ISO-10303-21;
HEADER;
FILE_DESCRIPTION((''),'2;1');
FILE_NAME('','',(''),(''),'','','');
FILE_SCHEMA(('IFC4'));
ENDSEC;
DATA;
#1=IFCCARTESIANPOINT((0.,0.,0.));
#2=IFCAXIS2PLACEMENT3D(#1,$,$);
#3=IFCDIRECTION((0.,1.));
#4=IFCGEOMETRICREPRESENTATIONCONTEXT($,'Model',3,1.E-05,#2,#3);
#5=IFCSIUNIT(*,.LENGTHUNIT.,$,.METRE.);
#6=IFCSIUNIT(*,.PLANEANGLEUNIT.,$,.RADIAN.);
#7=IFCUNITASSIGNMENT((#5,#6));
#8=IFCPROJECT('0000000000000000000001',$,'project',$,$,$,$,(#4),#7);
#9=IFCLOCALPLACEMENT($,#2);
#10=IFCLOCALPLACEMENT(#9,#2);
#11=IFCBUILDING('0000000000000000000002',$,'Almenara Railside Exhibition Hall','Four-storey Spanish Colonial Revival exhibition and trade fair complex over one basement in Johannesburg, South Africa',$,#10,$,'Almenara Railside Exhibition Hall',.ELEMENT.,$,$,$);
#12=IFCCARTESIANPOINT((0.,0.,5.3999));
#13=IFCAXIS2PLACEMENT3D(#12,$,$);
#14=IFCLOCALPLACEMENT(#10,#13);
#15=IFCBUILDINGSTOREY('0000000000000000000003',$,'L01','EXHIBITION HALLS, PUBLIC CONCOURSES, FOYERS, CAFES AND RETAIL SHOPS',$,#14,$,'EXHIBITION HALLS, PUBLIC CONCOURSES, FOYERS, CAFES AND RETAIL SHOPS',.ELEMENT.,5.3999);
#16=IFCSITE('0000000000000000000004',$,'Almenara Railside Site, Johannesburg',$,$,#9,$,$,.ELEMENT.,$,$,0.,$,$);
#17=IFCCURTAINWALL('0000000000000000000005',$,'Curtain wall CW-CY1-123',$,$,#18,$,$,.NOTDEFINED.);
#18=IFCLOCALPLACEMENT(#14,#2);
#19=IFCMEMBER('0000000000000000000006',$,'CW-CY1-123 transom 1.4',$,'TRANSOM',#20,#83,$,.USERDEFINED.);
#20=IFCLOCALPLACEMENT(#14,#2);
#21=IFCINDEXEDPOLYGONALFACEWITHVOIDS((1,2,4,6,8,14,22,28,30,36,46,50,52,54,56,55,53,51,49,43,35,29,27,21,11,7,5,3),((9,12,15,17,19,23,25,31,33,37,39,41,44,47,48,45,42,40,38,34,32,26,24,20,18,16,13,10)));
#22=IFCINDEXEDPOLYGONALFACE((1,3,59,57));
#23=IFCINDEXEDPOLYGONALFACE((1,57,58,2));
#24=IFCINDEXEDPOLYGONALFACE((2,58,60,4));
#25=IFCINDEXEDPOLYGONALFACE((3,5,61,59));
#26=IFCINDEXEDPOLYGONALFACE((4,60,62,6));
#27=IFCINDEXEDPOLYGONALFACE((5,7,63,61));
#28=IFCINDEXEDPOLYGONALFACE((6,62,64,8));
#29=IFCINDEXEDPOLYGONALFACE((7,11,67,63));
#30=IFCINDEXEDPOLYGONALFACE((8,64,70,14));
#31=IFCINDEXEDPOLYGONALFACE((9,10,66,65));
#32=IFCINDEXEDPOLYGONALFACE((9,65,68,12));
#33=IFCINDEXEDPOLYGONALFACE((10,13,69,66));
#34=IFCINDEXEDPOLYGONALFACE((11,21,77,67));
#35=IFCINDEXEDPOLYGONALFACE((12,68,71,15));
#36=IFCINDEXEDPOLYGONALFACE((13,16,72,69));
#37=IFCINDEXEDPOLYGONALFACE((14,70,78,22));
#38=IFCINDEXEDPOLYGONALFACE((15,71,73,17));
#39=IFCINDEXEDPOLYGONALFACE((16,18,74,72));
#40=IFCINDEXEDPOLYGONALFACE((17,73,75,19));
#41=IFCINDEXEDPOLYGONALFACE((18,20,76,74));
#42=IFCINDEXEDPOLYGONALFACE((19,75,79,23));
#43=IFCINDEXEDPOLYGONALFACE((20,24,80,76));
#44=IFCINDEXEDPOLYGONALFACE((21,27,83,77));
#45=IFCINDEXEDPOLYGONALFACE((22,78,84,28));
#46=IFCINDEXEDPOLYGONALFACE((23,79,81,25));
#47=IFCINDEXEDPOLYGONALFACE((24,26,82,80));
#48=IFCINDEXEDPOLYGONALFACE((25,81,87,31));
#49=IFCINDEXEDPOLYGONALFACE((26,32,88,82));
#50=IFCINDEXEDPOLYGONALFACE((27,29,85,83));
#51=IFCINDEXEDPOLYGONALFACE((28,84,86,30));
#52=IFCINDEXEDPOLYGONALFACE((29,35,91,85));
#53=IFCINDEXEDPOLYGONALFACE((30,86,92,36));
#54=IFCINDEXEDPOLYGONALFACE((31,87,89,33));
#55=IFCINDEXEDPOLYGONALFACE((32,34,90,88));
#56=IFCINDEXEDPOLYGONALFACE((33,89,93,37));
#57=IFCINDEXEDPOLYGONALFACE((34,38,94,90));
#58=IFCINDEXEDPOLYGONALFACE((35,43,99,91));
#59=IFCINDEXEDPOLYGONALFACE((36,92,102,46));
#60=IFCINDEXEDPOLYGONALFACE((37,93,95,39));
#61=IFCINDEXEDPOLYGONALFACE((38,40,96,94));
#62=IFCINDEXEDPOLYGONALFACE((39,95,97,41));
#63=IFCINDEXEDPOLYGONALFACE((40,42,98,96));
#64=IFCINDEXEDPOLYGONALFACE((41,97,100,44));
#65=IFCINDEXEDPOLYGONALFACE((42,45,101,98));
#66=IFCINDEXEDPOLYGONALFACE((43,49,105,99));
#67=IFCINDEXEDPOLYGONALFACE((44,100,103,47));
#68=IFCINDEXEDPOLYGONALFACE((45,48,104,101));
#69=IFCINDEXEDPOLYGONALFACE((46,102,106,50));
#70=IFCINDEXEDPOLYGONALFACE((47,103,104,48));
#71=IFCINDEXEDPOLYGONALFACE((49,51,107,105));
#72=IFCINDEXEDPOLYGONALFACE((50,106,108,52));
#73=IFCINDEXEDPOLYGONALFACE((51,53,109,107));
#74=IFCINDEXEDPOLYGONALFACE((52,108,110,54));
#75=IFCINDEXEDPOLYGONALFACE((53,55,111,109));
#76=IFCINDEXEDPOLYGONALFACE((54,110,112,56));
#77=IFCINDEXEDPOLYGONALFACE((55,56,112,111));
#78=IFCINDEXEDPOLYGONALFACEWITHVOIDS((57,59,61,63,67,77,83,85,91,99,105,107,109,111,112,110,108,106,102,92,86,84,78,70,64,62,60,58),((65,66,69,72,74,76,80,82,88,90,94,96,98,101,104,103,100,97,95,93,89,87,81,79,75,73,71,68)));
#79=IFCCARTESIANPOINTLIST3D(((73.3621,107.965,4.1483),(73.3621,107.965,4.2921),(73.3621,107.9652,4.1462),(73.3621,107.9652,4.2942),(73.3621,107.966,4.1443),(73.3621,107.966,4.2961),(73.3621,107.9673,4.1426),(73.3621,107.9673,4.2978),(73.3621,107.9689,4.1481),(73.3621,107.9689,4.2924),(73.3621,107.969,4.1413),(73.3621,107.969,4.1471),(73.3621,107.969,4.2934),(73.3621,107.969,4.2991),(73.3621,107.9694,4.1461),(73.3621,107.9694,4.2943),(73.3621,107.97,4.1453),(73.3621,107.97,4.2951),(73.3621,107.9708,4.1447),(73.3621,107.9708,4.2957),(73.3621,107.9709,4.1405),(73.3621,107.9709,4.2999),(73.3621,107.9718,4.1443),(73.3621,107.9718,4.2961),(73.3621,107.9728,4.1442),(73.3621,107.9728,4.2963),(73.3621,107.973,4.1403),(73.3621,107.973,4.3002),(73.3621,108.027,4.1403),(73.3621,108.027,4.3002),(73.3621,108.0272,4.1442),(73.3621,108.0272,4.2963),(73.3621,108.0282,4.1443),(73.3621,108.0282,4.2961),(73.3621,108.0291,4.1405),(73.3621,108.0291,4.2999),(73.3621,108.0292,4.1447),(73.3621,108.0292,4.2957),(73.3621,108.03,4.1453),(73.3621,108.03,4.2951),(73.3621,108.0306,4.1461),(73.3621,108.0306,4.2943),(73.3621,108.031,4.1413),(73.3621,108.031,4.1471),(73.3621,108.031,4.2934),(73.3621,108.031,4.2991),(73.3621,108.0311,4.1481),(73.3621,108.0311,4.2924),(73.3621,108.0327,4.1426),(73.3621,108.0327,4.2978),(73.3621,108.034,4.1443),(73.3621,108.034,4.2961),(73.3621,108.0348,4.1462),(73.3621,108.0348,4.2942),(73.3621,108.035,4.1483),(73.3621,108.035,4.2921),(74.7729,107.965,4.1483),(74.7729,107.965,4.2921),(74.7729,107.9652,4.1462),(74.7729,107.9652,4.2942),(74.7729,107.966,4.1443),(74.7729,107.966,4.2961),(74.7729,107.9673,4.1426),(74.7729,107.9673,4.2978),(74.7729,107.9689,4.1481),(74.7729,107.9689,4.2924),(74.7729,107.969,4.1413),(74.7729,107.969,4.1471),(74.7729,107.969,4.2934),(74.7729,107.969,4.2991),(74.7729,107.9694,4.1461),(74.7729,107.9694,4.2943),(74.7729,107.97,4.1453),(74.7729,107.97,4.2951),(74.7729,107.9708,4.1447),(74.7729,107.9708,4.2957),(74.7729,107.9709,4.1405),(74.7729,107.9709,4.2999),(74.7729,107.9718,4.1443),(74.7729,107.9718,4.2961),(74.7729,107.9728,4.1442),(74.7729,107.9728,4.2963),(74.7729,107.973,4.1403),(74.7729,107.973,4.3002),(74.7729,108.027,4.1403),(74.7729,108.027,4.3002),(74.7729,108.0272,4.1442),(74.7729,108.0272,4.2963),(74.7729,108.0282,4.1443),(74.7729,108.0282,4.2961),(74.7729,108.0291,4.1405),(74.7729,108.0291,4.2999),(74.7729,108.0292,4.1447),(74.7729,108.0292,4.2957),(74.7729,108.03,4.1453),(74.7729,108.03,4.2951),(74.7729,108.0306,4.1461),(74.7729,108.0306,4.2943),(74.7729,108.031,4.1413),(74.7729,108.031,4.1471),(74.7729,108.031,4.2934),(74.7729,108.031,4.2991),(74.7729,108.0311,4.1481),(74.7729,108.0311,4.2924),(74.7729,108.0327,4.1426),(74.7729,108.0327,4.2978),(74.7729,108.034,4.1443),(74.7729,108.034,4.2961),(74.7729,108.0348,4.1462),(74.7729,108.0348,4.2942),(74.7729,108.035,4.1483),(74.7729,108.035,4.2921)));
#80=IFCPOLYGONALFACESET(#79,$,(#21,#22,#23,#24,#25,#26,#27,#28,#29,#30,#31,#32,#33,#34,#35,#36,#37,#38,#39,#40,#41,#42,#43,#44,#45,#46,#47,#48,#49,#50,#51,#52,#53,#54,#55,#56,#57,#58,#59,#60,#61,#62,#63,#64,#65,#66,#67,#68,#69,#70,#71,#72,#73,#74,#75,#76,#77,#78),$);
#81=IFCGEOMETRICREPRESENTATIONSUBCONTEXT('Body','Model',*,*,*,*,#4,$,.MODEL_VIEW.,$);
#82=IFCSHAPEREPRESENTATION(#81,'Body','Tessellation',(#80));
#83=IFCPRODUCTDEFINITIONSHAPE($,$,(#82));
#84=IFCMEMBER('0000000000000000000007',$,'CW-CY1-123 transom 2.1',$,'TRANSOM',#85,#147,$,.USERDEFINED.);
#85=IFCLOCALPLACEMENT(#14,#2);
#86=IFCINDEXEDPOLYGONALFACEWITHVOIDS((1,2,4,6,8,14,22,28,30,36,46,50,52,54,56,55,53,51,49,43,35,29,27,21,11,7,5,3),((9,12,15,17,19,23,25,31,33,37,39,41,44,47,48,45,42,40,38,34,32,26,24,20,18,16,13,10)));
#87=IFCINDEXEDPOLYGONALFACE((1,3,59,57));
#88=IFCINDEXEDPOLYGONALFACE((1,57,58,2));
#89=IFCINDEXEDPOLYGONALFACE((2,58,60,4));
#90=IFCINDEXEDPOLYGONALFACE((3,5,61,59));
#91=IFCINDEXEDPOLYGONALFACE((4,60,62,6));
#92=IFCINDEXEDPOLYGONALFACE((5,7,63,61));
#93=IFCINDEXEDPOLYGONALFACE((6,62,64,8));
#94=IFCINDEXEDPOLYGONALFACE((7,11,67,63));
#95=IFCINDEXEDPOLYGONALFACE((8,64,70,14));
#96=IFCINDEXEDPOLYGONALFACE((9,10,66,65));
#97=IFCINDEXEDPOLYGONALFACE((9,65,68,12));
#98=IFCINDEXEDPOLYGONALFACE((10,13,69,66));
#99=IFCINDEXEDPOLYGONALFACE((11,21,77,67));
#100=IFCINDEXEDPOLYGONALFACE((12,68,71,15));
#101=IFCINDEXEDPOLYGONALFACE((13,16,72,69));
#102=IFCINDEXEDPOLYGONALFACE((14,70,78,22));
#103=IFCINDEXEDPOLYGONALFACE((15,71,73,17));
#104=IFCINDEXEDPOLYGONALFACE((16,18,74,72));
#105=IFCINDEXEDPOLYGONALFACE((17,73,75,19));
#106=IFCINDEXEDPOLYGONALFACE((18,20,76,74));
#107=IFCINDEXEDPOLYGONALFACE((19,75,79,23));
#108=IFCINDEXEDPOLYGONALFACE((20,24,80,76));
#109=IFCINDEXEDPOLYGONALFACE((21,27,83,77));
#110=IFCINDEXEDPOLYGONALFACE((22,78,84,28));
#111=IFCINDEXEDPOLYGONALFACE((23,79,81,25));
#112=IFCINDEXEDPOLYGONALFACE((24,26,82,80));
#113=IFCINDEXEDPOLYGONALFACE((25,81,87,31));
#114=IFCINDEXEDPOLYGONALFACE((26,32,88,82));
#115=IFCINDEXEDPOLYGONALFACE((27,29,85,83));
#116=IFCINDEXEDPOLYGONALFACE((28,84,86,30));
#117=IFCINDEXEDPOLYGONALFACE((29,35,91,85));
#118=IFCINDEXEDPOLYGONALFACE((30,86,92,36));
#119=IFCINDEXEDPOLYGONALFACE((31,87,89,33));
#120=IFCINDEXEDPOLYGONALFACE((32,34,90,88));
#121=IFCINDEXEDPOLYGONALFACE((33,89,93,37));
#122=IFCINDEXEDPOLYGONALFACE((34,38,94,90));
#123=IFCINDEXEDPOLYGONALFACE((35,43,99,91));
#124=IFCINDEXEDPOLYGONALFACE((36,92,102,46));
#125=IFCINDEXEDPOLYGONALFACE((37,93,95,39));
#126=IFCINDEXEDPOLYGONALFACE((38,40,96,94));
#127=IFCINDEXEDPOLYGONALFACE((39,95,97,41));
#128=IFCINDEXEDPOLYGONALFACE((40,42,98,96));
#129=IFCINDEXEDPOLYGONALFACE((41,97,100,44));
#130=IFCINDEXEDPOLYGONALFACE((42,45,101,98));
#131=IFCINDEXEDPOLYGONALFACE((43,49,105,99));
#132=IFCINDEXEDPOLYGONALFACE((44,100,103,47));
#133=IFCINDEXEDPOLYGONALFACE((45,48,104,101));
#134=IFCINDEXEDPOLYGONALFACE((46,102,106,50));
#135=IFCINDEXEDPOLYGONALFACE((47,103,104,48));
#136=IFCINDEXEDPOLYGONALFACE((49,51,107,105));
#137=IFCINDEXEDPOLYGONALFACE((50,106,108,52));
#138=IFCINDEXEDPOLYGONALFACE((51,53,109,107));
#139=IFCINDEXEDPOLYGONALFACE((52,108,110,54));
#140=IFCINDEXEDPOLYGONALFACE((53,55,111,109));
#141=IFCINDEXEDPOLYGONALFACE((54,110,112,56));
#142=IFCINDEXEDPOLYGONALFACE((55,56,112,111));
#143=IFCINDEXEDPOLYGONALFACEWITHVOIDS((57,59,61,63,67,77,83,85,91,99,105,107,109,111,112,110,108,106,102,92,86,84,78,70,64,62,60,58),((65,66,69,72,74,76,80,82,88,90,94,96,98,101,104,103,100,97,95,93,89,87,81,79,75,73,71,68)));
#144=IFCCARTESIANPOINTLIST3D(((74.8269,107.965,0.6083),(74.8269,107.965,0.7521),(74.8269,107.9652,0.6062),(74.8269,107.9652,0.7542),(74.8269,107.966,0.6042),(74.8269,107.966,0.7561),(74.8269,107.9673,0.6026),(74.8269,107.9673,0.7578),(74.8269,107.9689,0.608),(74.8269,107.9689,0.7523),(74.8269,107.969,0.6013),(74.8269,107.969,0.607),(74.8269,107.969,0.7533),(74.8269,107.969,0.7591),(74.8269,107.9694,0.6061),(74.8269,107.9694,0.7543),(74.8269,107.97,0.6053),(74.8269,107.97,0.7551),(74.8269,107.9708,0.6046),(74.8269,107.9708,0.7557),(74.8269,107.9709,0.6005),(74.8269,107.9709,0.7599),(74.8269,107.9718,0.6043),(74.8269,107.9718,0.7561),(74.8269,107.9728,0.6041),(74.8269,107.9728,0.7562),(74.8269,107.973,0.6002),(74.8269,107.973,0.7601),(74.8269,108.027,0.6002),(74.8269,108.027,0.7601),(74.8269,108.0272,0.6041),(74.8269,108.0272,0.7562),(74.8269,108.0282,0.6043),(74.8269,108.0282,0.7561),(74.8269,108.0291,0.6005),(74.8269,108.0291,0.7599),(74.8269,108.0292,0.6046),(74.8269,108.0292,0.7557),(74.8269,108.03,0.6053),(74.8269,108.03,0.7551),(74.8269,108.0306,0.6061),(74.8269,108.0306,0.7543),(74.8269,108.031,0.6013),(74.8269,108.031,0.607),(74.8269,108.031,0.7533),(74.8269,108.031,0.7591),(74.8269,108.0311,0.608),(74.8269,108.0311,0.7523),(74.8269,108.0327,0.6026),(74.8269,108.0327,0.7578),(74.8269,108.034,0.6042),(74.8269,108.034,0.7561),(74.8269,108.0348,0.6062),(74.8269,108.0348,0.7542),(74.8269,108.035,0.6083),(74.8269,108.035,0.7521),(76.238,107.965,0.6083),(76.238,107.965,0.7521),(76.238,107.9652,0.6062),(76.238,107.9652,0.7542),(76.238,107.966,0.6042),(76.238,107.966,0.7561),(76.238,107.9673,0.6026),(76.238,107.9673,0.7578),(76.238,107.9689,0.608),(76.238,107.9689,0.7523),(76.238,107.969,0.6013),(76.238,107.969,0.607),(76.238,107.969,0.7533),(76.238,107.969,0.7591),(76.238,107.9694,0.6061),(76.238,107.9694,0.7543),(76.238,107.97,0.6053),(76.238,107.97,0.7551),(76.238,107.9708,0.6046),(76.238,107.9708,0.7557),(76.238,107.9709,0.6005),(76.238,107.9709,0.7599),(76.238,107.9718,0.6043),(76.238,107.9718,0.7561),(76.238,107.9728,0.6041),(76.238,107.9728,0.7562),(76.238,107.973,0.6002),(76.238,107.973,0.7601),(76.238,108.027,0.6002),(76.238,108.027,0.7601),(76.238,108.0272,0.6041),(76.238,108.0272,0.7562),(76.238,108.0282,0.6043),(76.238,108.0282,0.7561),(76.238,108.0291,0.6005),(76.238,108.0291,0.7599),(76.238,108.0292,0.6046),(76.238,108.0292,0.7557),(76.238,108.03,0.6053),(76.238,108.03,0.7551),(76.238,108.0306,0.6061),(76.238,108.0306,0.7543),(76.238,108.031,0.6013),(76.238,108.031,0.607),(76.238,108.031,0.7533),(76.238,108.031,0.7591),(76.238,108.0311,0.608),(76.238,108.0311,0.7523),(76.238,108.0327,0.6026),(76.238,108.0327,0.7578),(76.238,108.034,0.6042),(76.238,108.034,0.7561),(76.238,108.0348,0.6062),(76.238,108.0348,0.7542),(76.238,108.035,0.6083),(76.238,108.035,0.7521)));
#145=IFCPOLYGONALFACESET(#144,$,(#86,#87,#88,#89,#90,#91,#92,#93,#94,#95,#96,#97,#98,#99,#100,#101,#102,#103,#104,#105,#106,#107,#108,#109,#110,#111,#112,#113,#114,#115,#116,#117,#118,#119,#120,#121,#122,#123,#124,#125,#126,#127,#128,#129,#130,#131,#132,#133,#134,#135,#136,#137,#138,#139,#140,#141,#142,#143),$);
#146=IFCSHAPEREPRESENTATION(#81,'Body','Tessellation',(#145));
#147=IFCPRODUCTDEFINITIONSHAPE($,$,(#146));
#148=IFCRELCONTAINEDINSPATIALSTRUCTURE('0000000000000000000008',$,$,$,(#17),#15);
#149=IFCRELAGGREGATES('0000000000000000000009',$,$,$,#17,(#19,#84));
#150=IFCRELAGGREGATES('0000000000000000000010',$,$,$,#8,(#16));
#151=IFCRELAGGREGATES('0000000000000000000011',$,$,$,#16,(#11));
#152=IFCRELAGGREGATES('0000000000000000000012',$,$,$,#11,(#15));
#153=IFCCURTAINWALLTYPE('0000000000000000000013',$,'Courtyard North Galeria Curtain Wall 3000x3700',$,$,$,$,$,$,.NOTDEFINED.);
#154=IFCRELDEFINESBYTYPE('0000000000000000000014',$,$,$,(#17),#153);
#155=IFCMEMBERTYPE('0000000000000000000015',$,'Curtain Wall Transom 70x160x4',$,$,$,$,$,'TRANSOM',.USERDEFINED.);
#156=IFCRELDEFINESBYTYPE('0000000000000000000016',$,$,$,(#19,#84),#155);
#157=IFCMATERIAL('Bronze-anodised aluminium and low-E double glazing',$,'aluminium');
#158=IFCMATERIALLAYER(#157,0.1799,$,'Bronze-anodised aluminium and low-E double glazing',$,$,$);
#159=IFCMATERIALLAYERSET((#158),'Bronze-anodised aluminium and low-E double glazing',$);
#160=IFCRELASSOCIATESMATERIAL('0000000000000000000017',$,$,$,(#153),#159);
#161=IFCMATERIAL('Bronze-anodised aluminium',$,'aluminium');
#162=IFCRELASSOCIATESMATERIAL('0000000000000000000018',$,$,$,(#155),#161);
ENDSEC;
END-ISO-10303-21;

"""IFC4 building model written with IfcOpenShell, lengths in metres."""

from ifc_helpers import new_model, si_unit, direction, frame, origin, origin_2d, place, context, subcontext, project, spatial, hollow_rectangle, extrude, material, layer, layer_set, material_profile, profile_set, type_object, element, aggregate, save


model = new_model("IFC4")

# Units and contexts
model_context = context("Model", 3, precision=1e-05, world=origin(), true_north=direction((0.0, 1.0)))
body_context = subcontext(model_context, "Body", "Model", "MODEL_VIEW")
ifc_project = project(units=[si_unit("LENGTHUNIT", "METRE"), si_unit("PLANEANGLEUNIT", "RADIAN")], contexts=[model_context])

# Site, building, storey
site_placement = place(None, origin())
site = spatial("IfcSite", under=ifc_project, at=site_placement, Name="Almenara Railside Site, Johannesburg", CompositionType="ELEMENT", RefElevation=0.0)
building_placement = place(site_placement, origin())
building = spatial("IfcBuilding", under=site, at=building_placement, Name="Almenara Railside Exhibition Hall", Description="Four-storey Spanish Colonial Revival exhibition and trade fair complex over one basement in Johannesburg, South Africa", LongName="Almenara Railside Exhibition Hall", CompositionType="ELEMENT")
storey_placement = place(building_placement, frame((0.0, 0.0, 5.3999)))
storey = spatial("IfcBuildingStorey", under=building, at=storey_placement, Name="L01", Description="EXHIBITION HALLS, PUBLIC CONCOURSES, FOYERS, CAFES AND RETAIL SHOPS", LongName="EXHIBITION HALLS, PUBLIC CONCOURSES, FOYERS, CAFES AND RETAIL SHOPS", CompositionType="ELEMENT", Elevation=5.3999)

# Shared definitions
ifc_material_1 = material(Name="Bronze-anodised aluminium and low-E double glazing", Category="aluminium")
ifc_layer_1 = layer(ifc_material_1, 0.1799, Name="Bronze-anodised aluminium and low-E double glazing")
ifc_layer_set_1 = layer_set([ifc_layer_1], Name="Bronze-anodised aluminium and low-E double glazing")
curtain_wall_type = type_object("IfcCurtainWallType", Name="Courtyard North Galeria Curtain Wall 3000x3700", PredefinedType="NOTDEFINED", material=ifc_layer_set_1)
ifc_material_2 = material(Name="Bronze-anodised aluminium", Category="aluminium")

# Curtain wall, members
curtain_wall_1_placement = place(storey_placement, origin())
curtain_wall_1 = element("IfcCurtainWall", 1, at=curtain_wall_1_placement, inside=storey, type_object=curtain_wall_type, Name="Curtain wall CW-CY1-123", PredefinedType="NOTDEFINED")
ifc_material_profile_1 = material_profile(ifc_material_2, hollow_rectangle(XDim=0.0701, YDim=0.1599, WallThickness=0.0039, InnerFilletRadius=0.0039, OuterFilletRadius=0.0081, at=origin_2d()), Name="ALU-TRN 70x160x4")
ifc_profile_set_1 = profile_set([ifc_material_profile_1], Name="Bronze-anodised aluminium")
member_type_1 = type_object("IfcMemberType", Name="Curtain Wall Transom 70x160x4", ElementType="TRANSOM", PredefinedType="USERDEFINED", material=ifc_profile_set_1)
member_1_placement = place(storey_placement, frame((73.3621, 108.0, 4.2202), z_axis=(1.0, 0.0, 0.0), x_axis=(0.0, 1.0, 0.0)))
member_1 = element("IfcMember", 2, at=member_1_placement, type_object=member_type_1, Name="CW-CY1-123 transom 1.4", ObjectType="TRANSOM", PredefinedType="USERDEFINED", context=body_context, shape_type="SweptSolid", body=[
    extrude(hollow_rectangle(XDim=0.0701, YDim=0.1599, WallThickness=0.0039, InnerFilletRadius=0.0039, OuterFilletRadius=0.0081, at=origin_2d()), origin(), (0.0, 0.0, 1.0), 1.4109),
])
member_2_placement = place(storey_placement, frame((74.8269, 108.0, 0.6802), z_axis=(1.0, 0.0, 0.0), x_axis=(0.0, 1.0, 0.0)))
member_2 = element("IfcMember", 3, at=member_2_placement, type_object=member_type_1, Name="CW-CY1-123 transom 2.1", ObjectType="TRANSOM", PredefinedType="USERDEFINED", context=body_context, shape_type="SweptSolid", body=[
    extrude(hollow_rectangle(XDim=0.0701, YDim=0.1599, WallThickness=0.0039, InnerFilletRadius=0.0039, OuterFilletRadius=0.0081, at=origin_2d()), origin(), (0.0, 0.0, 1.0), 1.4111),
])

aggregate(curtain_wall_1, [member_1, member_2])

save(model, "model.ifc")
